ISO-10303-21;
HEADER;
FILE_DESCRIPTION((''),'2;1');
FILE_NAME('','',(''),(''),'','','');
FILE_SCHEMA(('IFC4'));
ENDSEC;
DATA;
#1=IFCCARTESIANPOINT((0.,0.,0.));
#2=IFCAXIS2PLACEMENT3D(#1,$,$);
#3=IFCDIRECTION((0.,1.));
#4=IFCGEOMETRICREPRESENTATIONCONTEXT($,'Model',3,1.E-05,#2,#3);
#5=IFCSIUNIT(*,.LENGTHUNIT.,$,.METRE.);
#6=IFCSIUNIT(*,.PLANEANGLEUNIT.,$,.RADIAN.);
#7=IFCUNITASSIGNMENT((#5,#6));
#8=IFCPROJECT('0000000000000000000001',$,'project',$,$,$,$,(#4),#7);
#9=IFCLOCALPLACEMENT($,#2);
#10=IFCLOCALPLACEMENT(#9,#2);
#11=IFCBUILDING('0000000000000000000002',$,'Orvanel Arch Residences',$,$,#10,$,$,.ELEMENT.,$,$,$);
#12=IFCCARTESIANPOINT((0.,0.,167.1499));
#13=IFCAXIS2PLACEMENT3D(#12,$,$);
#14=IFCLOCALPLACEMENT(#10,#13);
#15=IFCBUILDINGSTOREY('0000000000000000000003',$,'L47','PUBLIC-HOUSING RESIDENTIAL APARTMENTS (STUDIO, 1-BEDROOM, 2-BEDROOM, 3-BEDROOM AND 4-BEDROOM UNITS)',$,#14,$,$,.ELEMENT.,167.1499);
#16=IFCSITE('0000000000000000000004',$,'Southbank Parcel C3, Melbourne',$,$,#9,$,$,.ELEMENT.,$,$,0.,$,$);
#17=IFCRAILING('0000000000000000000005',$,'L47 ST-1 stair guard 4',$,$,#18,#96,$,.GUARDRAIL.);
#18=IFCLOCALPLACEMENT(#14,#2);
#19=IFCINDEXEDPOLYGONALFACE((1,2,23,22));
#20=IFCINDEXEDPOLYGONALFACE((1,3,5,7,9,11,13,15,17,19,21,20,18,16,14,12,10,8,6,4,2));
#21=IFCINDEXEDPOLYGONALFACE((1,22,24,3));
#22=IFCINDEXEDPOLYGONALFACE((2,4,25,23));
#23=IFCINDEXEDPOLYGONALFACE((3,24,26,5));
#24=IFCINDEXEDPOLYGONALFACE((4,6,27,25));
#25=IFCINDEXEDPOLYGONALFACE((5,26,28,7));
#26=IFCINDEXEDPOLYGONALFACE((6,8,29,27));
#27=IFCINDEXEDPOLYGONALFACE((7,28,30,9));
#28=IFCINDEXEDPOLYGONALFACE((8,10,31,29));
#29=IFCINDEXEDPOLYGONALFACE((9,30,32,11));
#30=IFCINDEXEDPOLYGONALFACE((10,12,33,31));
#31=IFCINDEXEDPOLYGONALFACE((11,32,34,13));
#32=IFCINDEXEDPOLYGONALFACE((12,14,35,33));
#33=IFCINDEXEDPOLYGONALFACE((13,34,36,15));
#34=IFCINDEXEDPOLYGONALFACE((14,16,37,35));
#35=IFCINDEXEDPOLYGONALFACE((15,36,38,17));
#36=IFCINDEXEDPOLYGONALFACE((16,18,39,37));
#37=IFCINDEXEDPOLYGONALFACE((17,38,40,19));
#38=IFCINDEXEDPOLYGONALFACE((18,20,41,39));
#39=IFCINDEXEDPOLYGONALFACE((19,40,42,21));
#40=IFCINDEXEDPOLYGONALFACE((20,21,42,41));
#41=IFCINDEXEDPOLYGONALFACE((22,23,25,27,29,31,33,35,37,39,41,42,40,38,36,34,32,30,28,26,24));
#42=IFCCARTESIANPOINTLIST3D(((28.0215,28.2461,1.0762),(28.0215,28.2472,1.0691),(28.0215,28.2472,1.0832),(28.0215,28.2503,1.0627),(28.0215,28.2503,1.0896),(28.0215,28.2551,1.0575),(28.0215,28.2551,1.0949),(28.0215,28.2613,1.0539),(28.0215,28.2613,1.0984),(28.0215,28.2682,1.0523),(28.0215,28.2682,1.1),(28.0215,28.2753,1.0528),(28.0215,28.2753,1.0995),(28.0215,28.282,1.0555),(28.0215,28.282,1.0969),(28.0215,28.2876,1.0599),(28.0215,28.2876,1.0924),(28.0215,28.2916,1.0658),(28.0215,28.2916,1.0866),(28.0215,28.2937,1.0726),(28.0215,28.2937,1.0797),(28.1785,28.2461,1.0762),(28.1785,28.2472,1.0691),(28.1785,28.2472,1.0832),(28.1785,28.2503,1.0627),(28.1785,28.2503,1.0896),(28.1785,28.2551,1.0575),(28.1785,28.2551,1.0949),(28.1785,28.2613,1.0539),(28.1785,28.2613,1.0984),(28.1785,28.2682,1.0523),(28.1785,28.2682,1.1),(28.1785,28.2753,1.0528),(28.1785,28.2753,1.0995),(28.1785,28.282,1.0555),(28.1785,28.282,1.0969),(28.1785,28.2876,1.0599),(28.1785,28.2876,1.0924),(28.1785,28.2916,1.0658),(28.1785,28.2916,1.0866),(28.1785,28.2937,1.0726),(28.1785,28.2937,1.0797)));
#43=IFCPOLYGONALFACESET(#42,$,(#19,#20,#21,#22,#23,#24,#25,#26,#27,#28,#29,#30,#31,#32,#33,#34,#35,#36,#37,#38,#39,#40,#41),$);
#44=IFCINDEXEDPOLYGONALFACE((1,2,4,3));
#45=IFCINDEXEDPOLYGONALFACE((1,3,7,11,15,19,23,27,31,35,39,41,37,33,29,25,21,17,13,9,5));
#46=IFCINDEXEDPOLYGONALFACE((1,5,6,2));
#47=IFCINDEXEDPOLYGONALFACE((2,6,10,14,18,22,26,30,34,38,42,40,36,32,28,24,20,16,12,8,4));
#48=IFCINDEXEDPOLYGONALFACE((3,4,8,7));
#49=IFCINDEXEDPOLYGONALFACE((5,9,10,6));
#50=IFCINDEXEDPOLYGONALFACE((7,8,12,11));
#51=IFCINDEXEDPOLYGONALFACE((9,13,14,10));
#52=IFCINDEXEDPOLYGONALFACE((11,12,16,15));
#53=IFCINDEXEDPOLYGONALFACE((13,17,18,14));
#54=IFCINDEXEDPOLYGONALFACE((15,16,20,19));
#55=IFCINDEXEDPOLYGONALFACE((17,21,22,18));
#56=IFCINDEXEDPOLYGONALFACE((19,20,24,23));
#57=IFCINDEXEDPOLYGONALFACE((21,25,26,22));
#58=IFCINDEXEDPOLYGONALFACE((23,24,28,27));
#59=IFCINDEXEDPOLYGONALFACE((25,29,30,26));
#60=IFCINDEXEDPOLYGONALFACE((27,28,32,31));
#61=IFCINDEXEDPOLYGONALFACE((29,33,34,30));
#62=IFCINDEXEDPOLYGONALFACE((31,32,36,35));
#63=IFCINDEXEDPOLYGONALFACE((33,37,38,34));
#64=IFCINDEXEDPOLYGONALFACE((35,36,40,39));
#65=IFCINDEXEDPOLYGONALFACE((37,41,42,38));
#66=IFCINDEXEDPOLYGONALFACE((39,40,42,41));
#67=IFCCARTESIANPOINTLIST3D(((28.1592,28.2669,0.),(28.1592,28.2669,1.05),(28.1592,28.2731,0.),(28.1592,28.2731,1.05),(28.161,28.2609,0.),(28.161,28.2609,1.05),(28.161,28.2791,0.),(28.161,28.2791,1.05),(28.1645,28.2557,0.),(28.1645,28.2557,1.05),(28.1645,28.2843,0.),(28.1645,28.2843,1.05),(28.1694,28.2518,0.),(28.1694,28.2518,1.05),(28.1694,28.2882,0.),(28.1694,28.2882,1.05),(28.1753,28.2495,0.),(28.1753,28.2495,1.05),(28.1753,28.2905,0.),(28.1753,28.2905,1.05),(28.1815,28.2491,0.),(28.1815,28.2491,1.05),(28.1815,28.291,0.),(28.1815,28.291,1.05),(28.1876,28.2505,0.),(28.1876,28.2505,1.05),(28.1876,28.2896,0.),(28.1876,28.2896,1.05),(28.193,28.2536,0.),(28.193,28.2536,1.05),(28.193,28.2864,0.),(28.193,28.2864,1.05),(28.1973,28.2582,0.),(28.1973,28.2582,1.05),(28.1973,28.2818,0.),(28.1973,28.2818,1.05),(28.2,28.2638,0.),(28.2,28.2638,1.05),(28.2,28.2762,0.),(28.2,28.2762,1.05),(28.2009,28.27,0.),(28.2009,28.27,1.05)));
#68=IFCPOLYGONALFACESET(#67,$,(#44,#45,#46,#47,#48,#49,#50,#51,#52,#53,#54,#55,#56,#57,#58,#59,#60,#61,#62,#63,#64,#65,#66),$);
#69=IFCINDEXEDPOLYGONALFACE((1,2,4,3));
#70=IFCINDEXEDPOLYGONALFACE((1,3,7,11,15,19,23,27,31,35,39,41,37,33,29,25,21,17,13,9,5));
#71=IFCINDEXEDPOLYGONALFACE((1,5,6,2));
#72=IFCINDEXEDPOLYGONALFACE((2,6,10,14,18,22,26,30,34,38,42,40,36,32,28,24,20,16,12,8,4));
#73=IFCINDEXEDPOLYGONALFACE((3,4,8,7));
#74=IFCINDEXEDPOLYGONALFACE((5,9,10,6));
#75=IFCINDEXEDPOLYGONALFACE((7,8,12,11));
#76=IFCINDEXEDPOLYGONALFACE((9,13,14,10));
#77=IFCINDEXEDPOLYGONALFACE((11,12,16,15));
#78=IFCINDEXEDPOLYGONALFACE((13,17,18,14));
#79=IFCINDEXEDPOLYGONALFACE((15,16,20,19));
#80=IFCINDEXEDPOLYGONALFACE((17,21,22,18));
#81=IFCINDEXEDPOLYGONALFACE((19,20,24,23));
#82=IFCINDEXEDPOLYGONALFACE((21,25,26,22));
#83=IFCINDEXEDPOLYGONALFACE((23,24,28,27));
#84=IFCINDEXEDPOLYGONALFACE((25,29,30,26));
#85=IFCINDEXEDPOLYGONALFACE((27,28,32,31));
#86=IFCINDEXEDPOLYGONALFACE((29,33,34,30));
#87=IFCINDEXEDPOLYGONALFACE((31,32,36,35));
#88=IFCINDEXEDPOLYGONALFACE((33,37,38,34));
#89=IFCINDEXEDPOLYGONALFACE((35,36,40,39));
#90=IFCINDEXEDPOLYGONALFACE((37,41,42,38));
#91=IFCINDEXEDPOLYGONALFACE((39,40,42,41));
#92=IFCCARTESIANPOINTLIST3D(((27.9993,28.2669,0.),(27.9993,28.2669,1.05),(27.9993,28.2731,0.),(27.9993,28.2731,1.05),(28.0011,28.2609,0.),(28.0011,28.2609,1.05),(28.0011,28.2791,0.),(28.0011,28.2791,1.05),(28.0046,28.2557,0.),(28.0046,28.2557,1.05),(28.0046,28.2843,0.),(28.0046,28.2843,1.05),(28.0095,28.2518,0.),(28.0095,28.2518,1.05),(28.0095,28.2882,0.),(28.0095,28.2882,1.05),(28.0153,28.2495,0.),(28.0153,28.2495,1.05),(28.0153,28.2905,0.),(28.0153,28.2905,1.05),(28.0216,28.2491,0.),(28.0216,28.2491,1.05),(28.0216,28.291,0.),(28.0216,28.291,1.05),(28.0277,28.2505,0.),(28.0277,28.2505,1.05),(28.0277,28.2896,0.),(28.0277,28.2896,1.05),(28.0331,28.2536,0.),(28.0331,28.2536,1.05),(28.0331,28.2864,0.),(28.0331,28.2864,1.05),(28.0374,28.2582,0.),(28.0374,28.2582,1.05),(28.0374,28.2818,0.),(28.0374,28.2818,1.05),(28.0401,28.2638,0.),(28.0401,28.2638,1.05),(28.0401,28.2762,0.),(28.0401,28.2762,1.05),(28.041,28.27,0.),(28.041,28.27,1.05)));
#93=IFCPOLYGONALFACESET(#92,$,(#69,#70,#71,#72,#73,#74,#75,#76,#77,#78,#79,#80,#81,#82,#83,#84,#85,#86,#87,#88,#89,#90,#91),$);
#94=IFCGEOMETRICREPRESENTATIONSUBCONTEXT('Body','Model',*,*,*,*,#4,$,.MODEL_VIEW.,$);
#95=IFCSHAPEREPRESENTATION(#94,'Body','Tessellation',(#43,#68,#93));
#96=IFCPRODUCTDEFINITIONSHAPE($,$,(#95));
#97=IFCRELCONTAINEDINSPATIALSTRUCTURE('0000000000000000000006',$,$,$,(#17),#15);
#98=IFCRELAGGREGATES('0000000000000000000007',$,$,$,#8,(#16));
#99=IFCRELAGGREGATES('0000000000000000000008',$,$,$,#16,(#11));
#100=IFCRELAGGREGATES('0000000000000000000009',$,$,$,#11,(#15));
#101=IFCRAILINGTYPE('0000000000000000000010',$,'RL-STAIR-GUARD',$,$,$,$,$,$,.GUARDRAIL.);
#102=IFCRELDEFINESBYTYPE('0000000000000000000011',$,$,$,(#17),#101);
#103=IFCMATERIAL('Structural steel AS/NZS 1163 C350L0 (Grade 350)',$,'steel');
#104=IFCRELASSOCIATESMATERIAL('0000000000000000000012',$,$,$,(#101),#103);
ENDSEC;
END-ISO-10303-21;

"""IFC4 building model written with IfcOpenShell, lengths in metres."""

from ifc_helpers import new_model, si_unit, direction, frame, origin, origin_2d, place, context, subcontext, project, spatial, circle, extrude, material, type_object, element, save


model = new_model("IFC4")

# Units and contexts
model_context = context("Model", 3, precision=1e-05, world=origin(), true_north=direction((0.0, 1.0)))
body_context = subcontext(model_context, "Body", "Model", "MODEL_VIEW")
ifc_project = project(units=[si_unit("LENGTHUNIT", "METRE"), si_unit("PLANEANGLEUNIT", "RADIAN")], contexts=[model_context])

# Site, building, storey
site_placement = place(None, origin())
site = spatial("IfcSite", under=ifc_project, at=site_placement, Name="Southbank Parcel C3, Melbourne", CompositionType="ELEMENT", RefElevation=0.0)
building_placement = place(site_placement, origin())
building = spatial("IfcBuilding", under=site, at=building_placement, Name="Orvanel Arch Residences", CompositionType="ELEMENT")
storey_placement = place(building_placement, frame((0.0, 0.0, 167.1499)))
storey = spatial("IfcBuildingStorey", under=building, at=storey_placement, Name="L47", Description="PUBLIC-HOUSING RESIDENTIAL APARTMENTS (STUDIO, 1-BEDROOM, 2-BEDROOM, 3-BEDROOM AND 4-BEDROOM UNITS)", CompositionType="ELEMENT", Elevation=167.1499)

# Railing
ifc_material_1 = material(Name="Structural steel AS/NZS 1163 C350L0 (Grade 350)", Category="steel")
railing_type_1 = type_object("IfcRailingType", Name="RL-STAIR-GUARD", PredefinedType="GUARDRAIL", material=ifc_material_1)
railing_1_placement = place(storey_placement, frame((28.1799, 28.27, 0.0)))
element("IfcRailing", 1, at=railing_1_placement, inside=storey, type_object=railing_type_1, Name="L47 ST-1 stair guard 4", PredefinedType="GUARDRAIL", context=body_context, shape_type="SweptSolid", body=[
    extrude(circle(Radius=0.0239, at=origin_2d()), frame((-0.0015, 0.0, 1.0762), z_axis=(-1.0, 0.0, 0.0), x_axis=(0.0, -1.0, 0.0)), (0.0, 0.0, 1.0), 0.157),
    extrude(circle(Radius=0.021, at=origin_2d()), origin(), (0.0, 0.0, 1.0), 1.05),
    extrude(circle(Radius=0.021, at=origin_2d()), frame((-0.1599, 0.0, 0.0)), (0.0, 0.0, 1.0), 1.05),
])

save(model, "model.ifc")
